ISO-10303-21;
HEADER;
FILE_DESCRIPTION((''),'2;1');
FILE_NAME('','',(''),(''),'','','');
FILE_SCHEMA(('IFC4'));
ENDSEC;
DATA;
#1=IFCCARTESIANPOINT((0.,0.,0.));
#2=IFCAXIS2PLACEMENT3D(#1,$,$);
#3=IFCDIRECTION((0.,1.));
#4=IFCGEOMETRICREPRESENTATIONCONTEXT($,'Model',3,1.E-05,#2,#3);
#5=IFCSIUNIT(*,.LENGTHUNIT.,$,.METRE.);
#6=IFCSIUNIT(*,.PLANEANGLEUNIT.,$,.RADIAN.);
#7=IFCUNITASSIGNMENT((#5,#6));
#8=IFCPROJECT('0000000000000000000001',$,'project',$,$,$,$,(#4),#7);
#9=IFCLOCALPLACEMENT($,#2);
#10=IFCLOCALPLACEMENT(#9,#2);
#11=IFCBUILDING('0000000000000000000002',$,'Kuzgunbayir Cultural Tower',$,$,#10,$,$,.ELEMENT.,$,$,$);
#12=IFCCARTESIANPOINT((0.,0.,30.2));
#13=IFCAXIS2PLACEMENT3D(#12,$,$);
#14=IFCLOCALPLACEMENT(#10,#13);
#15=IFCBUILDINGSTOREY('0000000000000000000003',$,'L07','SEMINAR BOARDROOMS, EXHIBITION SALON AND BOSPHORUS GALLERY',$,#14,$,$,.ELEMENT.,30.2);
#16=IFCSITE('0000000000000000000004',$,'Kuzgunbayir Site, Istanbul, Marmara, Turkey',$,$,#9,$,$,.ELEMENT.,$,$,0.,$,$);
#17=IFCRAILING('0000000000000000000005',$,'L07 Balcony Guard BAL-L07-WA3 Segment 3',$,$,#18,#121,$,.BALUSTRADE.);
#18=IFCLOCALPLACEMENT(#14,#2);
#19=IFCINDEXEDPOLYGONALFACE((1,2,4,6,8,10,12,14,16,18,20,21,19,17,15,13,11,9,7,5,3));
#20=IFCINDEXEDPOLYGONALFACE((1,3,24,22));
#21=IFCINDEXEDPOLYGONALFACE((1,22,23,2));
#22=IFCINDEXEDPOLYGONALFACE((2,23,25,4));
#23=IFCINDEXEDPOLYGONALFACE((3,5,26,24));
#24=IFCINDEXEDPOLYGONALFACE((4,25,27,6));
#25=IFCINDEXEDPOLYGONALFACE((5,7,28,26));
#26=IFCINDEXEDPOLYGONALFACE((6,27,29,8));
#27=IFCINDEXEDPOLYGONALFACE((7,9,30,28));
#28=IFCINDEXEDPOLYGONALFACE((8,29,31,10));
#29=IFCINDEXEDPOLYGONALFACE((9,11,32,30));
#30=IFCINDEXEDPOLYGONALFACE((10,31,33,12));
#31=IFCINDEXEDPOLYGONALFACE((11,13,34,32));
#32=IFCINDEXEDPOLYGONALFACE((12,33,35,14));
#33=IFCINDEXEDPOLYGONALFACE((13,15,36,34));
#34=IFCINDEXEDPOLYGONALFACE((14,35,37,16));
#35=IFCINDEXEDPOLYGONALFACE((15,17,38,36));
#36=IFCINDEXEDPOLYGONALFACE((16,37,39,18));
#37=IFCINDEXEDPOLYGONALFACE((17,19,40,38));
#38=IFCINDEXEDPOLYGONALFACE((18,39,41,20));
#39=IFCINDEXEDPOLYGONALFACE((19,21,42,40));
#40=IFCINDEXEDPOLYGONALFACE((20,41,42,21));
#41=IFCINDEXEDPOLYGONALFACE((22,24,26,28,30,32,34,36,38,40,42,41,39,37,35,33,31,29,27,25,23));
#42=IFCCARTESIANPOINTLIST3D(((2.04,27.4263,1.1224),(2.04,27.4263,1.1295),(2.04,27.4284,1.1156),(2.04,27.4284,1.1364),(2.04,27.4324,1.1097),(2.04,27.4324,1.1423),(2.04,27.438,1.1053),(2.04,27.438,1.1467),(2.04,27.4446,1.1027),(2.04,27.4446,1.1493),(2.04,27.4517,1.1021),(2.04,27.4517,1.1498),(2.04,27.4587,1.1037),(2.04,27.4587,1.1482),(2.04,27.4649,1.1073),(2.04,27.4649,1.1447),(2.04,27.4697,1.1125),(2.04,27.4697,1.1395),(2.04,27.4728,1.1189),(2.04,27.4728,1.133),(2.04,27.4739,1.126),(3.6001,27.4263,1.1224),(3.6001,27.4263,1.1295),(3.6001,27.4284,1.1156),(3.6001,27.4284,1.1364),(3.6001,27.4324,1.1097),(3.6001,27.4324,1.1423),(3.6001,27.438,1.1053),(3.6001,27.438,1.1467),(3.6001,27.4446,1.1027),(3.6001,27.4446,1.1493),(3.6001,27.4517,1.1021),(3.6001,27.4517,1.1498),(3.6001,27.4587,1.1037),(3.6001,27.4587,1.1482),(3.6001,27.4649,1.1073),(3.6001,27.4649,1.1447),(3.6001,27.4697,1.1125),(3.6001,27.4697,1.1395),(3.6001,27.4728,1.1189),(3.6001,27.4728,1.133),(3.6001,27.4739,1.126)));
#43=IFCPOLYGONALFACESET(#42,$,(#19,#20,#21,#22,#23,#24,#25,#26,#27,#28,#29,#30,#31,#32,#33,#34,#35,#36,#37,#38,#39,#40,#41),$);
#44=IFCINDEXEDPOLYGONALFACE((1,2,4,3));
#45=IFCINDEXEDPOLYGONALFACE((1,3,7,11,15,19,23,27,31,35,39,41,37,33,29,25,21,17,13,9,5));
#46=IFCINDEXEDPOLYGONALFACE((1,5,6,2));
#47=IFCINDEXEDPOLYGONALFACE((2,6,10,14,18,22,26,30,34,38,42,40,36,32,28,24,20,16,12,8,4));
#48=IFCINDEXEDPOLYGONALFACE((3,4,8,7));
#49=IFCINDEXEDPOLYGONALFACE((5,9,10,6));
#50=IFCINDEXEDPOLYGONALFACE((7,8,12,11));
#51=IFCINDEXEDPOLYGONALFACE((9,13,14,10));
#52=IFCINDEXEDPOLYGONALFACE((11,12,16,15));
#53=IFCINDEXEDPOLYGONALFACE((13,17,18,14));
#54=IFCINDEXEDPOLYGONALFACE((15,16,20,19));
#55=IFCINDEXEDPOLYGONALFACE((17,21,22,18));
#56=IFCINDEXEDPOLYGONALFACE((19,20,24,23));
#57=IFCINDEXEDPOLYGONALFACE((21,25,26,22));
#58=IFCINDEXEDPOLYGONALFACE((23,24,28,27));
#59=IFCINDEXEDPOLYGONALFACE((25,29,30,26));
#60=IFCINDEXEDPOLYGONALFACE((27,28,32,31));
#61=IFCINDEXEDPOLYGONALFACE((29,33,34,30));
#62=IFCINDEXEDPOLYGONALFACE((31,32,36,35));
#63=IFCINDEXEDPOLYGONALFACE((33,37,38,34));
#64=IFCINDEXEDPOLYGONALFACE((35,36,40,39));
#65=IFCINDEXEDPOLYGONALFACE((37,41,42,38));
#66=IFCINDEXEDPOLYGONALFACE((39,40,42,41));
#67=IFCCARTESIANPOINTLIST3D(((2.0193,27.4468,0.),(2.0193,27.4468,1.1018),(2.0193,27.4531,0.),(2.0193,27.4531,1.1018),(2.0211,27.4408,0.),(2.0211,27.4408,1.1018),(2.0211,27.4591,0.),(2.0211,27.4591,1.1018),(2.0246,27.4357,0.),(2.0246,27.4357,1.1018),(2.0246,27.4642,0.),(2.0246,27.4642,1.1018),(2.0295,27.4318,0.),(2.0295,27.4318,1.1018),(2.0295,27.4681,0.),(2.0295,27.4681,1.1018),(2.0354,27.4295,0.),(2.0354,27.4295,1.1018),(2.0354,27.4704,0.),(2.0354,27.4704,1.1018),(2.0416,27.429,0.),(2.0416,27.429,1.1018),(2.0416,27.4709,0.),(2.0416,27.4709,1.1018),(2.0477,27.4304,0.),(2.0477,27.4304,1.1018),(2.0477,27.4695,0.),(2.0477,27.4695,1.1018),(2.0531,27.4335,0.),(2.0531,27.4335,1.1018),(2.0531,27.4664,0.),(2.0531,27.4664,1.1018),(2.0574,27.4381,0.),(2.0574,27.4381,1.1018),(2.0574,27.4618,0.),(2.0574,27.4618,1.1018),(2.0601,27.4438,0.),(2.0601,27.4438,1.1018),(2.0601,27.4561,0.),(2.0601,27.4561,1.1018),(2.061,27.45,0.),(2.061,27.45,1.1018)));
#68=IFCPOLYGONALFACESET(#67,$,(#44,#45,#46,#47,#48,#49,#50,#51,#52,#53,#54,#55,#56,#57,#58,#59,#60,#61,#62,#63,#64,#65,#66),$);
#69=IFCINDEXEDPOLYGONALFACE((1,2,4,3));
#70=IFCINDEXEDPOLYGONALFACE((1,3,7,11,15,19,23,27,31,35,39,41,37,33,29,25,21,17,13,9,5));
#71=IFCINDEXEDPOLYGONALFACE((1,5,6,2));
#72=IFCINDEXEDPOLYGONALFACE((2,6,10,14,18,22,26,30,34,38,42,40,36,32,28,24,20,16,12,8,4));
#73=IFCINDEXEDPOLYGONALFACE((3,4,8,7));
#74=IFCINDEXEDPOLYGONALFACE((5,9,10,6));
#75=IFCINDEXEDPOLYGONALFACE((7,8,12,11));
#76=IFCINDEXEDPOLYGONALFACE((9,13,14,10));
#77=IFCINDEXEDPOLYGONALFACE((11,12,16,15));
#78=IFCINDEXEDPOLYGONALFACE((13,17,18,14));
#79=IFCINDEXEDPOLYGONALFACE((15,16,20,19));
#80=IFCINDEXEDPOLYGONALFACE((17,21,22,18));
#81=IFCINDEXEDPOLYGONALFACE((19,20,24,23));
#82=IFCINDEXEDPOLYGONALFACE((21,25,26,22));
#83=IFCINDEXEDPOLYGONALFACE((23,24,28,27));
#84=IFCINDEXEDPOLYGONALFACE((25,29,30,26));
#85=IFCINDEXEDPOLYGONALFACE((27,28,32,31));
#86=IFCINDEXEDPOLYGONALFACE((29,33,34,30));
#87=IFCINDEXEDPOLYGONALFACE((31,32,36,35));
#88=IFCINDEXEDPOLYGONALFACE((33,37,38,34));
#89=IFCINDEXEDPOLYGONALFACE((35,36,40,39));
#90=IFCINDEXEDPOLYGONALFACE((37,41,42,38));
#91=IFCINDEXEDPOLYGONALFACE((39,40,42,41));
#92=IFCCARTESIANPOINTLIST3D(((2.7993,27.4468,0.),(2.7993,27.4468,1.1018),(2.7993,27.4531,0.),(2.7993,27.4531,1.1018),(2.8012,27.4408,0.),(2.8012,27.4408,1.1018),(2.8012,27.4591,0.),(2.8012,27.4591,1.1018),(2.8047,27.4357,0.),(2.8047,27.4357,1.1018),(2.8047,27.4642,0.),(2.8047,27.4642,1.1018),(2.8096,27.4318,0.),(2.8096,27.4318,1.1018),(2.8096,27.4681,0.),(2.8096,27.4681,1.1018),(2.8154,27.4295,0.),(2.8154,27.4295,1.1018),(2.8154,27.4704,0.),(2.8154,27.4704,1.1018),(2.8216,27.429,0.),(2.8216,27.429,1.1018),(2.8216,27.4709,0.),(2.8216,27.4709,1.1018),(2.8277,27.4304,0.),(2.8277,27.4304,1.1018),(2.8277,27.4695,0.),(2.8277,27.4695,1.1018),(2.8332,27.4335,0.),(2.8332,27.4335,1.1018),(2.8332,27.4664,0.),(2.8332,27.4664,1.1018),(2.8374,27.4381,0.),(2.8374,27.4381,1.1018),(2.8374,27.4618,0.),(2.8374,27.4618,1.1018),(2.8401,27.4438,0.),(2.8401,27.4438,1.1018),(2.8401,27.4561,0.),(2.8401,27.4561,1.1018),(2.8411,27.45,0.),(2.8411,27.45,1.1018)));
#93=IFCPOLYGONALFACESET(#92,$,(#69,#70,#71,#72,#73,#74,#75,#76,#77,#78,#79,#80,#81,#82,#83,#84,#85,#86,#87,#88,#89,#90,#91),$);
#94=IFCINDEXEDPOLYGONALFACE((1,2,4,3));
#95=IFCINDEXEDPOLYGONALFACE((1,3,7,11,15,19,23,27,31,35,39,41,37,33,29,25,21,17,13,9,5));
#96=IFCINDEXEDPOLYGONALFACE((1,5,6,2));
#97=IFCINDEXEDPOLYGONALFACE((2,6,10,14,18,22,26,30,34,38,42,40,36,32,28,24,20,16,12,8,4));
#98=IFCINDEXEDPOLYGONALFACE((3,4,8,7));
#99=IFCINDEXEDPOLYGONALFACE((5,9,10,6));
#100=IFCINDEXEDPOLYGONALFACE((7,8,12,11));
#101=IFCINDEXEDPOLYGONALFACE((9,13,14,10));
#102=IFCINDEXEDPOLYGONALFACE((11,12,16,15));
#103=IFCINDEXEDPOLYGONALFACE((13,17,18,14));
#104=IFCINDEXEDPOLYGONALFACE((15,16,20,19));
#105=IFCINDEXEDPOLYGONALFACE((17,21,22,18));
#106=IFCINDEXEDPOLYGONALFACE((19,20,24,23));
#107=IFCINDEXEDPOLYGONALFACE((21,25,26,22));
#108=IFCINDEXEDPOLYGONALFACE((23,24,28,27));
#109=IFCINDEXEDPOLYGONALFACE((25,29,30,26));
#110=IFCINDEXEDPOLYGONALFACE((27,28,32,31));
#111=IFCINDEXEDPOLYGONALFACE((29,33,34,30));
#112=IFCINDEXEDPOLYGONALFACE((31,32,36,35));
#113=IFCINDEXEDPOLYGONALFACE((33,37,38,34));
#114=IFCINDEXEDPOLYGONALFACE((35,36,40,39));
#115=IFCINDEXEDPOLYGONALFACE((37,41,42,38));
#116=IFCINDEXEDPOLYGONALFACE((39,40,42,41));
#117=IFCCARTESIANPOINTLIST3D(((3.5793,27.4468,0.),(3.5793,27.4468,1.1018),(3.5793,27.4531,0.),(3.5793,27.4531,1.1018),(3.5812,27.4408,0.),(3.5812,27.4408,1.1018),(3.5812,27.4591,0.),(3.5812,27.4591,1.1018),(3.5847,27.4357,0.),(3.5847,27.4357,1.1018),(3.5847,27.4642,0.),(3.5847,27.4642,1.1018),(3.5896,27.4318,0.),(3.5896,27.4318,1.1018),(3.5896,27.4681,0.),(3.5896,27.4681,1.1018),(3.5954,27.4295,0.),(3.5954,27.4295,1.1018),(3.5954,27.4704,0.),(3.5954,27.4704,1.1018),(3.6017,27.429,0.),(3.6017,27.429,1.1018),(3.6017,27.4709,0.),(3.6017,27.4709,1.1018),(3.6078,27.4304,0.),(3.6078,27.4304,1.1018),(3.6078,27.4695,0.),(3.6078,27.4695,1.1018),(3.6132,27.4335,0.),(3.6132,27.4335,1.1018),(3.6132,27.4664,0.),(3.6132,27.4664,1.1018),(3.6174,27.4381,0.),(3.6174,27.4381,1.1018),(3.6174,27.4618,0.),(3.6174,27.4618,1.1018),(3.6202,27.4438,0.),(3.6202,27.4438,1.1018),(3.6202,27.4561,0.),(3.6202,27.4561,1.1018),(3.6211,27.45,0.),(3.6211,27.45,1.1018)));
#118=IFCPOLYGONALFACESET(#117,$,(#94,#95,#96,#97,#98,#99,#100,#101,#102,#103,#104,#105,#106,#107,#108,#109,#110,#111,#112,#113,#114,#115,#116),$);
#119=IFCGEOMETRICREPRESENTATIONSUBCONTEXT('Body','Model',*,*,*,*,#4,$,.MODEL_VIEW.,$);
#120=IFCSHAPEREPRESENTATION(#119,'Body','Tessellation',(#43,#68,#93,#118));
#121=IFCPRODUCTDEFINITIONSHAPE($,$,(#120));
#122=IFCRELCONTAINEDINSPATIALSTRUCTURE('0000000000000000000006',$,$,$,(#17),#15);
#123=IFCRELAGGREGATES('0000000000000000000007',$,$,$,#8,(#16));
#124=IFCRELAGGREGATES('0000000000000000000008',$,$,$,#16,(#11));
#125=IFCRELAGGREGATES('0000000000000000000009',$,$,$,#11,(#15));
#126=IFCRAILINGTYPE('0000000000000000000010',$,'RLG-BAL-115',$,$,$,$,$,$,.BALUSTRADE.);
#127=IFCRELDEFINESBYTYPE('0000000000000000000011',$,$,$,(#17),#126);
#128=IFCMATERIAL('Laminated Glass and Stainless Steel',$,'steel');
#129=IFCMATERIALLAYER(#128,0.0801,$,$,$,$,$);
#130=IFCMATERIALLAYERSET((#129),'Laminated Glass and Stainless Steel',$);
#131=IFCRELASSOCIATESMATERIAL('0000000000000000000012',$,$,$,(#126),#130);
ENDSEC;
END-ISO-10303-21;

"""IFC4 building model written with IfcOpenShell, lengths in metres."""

from ifc_helpers import new_model, si_unit, direction, frame, origin, origin_2d, place, context, subcontext, project, spatial, circle, extrude, material, layer, layer_set, type_object, element, save


model = new_model("IFC4")

# Units and contexts
model_context = context("Model", 3, precision=1e-05, world=origin(), true_north=direction((0.0, 1.0)))
body_context = subcontext(model_context, "Body", "Model", "MODEL_VIEW")
ifc_project = project(units=[si_unit("LENGTHUNIT", "METRE"), si_unit("PLANEANGLEUNIT", "RADIAN")], contexts=[model_context])

# Site, building, storey
site_placement = place(None, origin())
site = spatial("IfcSite", under=ifc_project, at=site_placement, Name="Kuzgunbayir Site, Istanbul, Marmara, Turkey", CompositionType="ELEMENT", RefElevation=0.0)
building_placement = place(site_placement, origin())
building = spatial("IfcBuilding", under=site, at=building_placement, Name="Kuzgunbayir Cultural Tower", CompositionType="ELEMENT")
storey_placement = place(building_placement, frame((0.0, 0.0, 30.2)))
storey = spatial("IfcBuildingStorey", under=building, at=storey_placement, Name="L07", Description="SEMINAR BOARDROOMS, EXHIBITION SALON AND BOSPHORUS GALLERY", CompositionType="ELEMENT", Elevation=30.2)

# Railing
ifc_material_1 = material(Name="Laminated Glass and Stainless Steel", Category="steel")
ifc_layer_1 = layer(ifc_material_1, 0.0801)
ifc_layer_set_1 = layer_set([ifc_layer_1], Name="Laminated Glass and Stainless Steel")
railing_type = type_object("IfcRailingType", Name="RLG-BAL-115", PredefinedType="BALUSTRADE", material=ifc_layer_set_1)
railing_1_placement = place(storey_placement, frame((2.04, 27.45, 0.0)))
element("IfcRailing", 1, at=railing_1_placement, inside=storey, type_object=railing_type, Name="L07 Balcony Guard BAL-L07-WA3 Segment 3", PredefinedType="BALUSTRADE", context=body_context, shape_type="SweptSolid", body=[
    extrude(circle(Radius=0.0239, at=origin_2d()), frame((0.0, 0.0, 1.126), z_axis=(1.0, 0.0, 0.0), x_axis=(0.0, 1.0, 0.0)), (0.0, 0.0, 1.0), 1.5601),
    extrude(circle(Radius=0.021, at=origin_2d()), origin(), (0.0, 0.0, 1.0), 1.1018),
    extrude(circle(Radius=0.021, at=origin_2d()), frame((0.78, 0.0, 0.0)), (0.0, 0.0, 1.0), 1.1018),
    extrude(circle(Radius=0.021, at=origin_2d()), frame((1.5601, 0.0, 0.0)), (0.0, 0.0, 1.0), 1.1018),
])

save(model, "model.ifc")
